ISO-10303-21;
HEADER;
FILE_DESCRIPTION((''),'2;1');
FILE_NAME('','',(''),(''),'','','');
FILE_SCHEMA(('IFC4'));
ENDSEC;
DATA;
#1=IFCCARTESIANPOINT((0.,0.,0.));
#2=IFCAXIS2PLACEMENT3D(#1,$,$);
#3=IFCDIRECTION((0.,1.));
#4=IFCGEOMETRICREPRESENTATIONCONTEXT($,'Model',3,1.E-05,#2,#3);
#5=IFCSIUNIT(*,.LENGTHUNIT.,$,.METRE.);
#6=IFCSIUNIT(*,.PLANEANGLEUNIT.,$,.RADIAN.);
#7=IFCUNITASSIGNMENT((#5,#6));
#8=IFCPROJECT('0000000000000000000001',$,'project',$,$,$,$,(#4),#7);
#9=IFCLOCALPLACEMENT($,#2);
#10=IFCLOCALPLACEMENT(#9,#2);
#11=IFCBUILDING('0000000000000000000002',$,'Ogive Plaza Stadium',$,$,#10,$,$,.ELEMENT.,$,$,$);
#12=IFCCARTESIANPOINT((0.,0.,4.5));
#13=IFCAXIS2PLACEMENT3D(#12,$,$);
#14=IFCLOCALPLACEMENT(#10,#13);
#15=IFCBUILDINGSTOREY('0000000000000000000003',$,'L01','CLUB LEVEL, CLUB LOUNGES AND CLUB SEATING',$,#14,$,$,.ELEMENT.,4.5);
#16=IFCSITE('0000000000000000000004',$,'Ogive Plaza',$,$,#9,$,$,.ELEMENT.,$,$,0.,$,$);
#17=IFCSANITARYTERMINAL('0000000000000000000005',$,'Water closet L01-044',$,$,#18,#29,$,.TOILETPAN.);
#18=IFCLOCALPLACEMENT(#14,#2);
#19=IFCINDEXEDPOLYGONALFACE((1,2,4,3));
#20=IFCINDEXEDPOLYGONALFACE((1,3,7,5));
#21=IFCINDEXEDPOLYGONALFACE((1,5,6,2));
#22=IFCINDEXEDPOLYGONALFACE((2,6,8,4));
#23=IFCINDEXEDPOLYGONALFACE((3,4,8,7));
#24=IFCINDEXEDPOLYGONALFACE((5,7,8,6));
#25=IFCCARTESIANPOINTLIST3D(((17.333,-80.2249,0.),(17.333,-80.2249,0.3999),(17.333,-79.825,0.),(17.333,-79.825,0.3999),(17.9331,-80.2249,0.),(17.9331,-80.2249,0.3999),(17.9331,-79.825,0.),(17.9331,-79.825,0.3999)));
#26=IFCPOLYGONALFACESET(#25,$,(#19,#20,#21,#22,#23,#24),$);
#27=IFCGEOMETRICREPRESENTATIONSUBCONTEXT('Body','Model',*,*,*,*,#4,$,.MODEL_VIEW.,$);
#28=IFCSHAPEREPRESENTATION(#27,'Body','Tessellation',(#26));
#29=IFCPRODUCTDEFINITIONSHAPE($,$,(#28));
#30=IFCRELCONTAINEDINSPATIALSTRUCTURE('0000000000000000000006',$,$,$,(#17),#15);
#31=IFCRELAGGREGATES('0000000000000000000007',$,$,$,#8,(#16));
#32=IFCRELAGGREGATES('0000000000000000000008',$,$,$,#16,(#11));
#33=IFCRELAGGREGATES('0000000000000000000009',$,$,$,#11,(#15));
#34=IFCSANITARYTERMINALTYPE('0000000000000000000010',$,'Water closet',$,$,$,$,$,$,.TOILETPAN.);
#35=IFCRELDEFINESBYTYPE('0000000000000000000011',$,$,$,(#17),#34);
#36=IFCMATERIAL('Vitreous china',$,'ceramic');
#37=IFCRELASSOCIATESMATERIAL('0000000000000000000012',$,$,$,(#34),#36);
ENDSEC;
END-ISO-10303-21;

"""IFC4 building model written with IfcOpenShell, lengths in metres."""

from ifc_helpers import new_model, si_unit, direction, frame, origin, origin_2d, place, context, subcontext, project, spatial, rectangle, extrude, material, type_object, element, save


model = new_model("IFC4")

# Units and contexts
model_context = context("Model", 3, precision=1e-05, world=origin(), true_north=direction((0.0, 1.0)))
body_context = subcontext(model_context, "Body", "Model", "MODEL_VIEW")
ifc_project = project(units=[si_unit("LENGTHUNIT", "METRE"), si_unit("PLANEANGLEUNIT", "RADIAN")], contexts=[model_context])

# Site, building, storey
site_placement = place(None, origin())
site = spatial("IfcSite", under=ifc_project, at=site_placement, Name="Ogive Plaza", CompositionType="ELEMENT", RefElevation=0.0)
building_placement = place(site_placement, origin())
building = spatial("IfcBuilding", under=site, at=building_placement, Name="Ogive Plaza Stadium", CompositionType="ELEMENT")
storey_placement = place(building_placement, frame((0.0, 0.0, 4.5)))
storey = spatial("IfcBuildingStorey", under=building, at=storey_placement, Name="L01", Description="CLUB LEVEL, CLUB LOUNGES AND CLUB SEATING", CompositionType="ELEMENT", Elevation=4.5)

# Sanitary terminal
ifc_material_1 = material(Name="Vitreous china", Category="ceramic")
sanitary_terminal_type_1 = type_object("IfcSanitaryTerminalType", Name="Water closet", PredefinedType="TOILETPAN", material=ifc_material_1)
for number, where, z_axis, x_axis, name in (
    (1, (17.6331, -80.0249, 0.0), (0.0, 0.0, 1.0), (0.0, -1.0, 0.0), "Water closet L01-044"),
):
    element("IfcSanitaryTerminal", number, at=place(storey_placement, frame(where, z_axis=z_axis, x_axis=x_axis)), inside=storey, type_object=sanitary_terminal_type_1, Name=name, PredefinedType="TOILETPAN", context=body_context, shape_type="SweptSolid", body=[
        extrude(rectangle(XDim=0.3999, YDim=0.6001, at=origin_2d()), origin(), (0.0, 0.0, 1.0), 0.3999),
    ])

save(model, "model.ifc")
